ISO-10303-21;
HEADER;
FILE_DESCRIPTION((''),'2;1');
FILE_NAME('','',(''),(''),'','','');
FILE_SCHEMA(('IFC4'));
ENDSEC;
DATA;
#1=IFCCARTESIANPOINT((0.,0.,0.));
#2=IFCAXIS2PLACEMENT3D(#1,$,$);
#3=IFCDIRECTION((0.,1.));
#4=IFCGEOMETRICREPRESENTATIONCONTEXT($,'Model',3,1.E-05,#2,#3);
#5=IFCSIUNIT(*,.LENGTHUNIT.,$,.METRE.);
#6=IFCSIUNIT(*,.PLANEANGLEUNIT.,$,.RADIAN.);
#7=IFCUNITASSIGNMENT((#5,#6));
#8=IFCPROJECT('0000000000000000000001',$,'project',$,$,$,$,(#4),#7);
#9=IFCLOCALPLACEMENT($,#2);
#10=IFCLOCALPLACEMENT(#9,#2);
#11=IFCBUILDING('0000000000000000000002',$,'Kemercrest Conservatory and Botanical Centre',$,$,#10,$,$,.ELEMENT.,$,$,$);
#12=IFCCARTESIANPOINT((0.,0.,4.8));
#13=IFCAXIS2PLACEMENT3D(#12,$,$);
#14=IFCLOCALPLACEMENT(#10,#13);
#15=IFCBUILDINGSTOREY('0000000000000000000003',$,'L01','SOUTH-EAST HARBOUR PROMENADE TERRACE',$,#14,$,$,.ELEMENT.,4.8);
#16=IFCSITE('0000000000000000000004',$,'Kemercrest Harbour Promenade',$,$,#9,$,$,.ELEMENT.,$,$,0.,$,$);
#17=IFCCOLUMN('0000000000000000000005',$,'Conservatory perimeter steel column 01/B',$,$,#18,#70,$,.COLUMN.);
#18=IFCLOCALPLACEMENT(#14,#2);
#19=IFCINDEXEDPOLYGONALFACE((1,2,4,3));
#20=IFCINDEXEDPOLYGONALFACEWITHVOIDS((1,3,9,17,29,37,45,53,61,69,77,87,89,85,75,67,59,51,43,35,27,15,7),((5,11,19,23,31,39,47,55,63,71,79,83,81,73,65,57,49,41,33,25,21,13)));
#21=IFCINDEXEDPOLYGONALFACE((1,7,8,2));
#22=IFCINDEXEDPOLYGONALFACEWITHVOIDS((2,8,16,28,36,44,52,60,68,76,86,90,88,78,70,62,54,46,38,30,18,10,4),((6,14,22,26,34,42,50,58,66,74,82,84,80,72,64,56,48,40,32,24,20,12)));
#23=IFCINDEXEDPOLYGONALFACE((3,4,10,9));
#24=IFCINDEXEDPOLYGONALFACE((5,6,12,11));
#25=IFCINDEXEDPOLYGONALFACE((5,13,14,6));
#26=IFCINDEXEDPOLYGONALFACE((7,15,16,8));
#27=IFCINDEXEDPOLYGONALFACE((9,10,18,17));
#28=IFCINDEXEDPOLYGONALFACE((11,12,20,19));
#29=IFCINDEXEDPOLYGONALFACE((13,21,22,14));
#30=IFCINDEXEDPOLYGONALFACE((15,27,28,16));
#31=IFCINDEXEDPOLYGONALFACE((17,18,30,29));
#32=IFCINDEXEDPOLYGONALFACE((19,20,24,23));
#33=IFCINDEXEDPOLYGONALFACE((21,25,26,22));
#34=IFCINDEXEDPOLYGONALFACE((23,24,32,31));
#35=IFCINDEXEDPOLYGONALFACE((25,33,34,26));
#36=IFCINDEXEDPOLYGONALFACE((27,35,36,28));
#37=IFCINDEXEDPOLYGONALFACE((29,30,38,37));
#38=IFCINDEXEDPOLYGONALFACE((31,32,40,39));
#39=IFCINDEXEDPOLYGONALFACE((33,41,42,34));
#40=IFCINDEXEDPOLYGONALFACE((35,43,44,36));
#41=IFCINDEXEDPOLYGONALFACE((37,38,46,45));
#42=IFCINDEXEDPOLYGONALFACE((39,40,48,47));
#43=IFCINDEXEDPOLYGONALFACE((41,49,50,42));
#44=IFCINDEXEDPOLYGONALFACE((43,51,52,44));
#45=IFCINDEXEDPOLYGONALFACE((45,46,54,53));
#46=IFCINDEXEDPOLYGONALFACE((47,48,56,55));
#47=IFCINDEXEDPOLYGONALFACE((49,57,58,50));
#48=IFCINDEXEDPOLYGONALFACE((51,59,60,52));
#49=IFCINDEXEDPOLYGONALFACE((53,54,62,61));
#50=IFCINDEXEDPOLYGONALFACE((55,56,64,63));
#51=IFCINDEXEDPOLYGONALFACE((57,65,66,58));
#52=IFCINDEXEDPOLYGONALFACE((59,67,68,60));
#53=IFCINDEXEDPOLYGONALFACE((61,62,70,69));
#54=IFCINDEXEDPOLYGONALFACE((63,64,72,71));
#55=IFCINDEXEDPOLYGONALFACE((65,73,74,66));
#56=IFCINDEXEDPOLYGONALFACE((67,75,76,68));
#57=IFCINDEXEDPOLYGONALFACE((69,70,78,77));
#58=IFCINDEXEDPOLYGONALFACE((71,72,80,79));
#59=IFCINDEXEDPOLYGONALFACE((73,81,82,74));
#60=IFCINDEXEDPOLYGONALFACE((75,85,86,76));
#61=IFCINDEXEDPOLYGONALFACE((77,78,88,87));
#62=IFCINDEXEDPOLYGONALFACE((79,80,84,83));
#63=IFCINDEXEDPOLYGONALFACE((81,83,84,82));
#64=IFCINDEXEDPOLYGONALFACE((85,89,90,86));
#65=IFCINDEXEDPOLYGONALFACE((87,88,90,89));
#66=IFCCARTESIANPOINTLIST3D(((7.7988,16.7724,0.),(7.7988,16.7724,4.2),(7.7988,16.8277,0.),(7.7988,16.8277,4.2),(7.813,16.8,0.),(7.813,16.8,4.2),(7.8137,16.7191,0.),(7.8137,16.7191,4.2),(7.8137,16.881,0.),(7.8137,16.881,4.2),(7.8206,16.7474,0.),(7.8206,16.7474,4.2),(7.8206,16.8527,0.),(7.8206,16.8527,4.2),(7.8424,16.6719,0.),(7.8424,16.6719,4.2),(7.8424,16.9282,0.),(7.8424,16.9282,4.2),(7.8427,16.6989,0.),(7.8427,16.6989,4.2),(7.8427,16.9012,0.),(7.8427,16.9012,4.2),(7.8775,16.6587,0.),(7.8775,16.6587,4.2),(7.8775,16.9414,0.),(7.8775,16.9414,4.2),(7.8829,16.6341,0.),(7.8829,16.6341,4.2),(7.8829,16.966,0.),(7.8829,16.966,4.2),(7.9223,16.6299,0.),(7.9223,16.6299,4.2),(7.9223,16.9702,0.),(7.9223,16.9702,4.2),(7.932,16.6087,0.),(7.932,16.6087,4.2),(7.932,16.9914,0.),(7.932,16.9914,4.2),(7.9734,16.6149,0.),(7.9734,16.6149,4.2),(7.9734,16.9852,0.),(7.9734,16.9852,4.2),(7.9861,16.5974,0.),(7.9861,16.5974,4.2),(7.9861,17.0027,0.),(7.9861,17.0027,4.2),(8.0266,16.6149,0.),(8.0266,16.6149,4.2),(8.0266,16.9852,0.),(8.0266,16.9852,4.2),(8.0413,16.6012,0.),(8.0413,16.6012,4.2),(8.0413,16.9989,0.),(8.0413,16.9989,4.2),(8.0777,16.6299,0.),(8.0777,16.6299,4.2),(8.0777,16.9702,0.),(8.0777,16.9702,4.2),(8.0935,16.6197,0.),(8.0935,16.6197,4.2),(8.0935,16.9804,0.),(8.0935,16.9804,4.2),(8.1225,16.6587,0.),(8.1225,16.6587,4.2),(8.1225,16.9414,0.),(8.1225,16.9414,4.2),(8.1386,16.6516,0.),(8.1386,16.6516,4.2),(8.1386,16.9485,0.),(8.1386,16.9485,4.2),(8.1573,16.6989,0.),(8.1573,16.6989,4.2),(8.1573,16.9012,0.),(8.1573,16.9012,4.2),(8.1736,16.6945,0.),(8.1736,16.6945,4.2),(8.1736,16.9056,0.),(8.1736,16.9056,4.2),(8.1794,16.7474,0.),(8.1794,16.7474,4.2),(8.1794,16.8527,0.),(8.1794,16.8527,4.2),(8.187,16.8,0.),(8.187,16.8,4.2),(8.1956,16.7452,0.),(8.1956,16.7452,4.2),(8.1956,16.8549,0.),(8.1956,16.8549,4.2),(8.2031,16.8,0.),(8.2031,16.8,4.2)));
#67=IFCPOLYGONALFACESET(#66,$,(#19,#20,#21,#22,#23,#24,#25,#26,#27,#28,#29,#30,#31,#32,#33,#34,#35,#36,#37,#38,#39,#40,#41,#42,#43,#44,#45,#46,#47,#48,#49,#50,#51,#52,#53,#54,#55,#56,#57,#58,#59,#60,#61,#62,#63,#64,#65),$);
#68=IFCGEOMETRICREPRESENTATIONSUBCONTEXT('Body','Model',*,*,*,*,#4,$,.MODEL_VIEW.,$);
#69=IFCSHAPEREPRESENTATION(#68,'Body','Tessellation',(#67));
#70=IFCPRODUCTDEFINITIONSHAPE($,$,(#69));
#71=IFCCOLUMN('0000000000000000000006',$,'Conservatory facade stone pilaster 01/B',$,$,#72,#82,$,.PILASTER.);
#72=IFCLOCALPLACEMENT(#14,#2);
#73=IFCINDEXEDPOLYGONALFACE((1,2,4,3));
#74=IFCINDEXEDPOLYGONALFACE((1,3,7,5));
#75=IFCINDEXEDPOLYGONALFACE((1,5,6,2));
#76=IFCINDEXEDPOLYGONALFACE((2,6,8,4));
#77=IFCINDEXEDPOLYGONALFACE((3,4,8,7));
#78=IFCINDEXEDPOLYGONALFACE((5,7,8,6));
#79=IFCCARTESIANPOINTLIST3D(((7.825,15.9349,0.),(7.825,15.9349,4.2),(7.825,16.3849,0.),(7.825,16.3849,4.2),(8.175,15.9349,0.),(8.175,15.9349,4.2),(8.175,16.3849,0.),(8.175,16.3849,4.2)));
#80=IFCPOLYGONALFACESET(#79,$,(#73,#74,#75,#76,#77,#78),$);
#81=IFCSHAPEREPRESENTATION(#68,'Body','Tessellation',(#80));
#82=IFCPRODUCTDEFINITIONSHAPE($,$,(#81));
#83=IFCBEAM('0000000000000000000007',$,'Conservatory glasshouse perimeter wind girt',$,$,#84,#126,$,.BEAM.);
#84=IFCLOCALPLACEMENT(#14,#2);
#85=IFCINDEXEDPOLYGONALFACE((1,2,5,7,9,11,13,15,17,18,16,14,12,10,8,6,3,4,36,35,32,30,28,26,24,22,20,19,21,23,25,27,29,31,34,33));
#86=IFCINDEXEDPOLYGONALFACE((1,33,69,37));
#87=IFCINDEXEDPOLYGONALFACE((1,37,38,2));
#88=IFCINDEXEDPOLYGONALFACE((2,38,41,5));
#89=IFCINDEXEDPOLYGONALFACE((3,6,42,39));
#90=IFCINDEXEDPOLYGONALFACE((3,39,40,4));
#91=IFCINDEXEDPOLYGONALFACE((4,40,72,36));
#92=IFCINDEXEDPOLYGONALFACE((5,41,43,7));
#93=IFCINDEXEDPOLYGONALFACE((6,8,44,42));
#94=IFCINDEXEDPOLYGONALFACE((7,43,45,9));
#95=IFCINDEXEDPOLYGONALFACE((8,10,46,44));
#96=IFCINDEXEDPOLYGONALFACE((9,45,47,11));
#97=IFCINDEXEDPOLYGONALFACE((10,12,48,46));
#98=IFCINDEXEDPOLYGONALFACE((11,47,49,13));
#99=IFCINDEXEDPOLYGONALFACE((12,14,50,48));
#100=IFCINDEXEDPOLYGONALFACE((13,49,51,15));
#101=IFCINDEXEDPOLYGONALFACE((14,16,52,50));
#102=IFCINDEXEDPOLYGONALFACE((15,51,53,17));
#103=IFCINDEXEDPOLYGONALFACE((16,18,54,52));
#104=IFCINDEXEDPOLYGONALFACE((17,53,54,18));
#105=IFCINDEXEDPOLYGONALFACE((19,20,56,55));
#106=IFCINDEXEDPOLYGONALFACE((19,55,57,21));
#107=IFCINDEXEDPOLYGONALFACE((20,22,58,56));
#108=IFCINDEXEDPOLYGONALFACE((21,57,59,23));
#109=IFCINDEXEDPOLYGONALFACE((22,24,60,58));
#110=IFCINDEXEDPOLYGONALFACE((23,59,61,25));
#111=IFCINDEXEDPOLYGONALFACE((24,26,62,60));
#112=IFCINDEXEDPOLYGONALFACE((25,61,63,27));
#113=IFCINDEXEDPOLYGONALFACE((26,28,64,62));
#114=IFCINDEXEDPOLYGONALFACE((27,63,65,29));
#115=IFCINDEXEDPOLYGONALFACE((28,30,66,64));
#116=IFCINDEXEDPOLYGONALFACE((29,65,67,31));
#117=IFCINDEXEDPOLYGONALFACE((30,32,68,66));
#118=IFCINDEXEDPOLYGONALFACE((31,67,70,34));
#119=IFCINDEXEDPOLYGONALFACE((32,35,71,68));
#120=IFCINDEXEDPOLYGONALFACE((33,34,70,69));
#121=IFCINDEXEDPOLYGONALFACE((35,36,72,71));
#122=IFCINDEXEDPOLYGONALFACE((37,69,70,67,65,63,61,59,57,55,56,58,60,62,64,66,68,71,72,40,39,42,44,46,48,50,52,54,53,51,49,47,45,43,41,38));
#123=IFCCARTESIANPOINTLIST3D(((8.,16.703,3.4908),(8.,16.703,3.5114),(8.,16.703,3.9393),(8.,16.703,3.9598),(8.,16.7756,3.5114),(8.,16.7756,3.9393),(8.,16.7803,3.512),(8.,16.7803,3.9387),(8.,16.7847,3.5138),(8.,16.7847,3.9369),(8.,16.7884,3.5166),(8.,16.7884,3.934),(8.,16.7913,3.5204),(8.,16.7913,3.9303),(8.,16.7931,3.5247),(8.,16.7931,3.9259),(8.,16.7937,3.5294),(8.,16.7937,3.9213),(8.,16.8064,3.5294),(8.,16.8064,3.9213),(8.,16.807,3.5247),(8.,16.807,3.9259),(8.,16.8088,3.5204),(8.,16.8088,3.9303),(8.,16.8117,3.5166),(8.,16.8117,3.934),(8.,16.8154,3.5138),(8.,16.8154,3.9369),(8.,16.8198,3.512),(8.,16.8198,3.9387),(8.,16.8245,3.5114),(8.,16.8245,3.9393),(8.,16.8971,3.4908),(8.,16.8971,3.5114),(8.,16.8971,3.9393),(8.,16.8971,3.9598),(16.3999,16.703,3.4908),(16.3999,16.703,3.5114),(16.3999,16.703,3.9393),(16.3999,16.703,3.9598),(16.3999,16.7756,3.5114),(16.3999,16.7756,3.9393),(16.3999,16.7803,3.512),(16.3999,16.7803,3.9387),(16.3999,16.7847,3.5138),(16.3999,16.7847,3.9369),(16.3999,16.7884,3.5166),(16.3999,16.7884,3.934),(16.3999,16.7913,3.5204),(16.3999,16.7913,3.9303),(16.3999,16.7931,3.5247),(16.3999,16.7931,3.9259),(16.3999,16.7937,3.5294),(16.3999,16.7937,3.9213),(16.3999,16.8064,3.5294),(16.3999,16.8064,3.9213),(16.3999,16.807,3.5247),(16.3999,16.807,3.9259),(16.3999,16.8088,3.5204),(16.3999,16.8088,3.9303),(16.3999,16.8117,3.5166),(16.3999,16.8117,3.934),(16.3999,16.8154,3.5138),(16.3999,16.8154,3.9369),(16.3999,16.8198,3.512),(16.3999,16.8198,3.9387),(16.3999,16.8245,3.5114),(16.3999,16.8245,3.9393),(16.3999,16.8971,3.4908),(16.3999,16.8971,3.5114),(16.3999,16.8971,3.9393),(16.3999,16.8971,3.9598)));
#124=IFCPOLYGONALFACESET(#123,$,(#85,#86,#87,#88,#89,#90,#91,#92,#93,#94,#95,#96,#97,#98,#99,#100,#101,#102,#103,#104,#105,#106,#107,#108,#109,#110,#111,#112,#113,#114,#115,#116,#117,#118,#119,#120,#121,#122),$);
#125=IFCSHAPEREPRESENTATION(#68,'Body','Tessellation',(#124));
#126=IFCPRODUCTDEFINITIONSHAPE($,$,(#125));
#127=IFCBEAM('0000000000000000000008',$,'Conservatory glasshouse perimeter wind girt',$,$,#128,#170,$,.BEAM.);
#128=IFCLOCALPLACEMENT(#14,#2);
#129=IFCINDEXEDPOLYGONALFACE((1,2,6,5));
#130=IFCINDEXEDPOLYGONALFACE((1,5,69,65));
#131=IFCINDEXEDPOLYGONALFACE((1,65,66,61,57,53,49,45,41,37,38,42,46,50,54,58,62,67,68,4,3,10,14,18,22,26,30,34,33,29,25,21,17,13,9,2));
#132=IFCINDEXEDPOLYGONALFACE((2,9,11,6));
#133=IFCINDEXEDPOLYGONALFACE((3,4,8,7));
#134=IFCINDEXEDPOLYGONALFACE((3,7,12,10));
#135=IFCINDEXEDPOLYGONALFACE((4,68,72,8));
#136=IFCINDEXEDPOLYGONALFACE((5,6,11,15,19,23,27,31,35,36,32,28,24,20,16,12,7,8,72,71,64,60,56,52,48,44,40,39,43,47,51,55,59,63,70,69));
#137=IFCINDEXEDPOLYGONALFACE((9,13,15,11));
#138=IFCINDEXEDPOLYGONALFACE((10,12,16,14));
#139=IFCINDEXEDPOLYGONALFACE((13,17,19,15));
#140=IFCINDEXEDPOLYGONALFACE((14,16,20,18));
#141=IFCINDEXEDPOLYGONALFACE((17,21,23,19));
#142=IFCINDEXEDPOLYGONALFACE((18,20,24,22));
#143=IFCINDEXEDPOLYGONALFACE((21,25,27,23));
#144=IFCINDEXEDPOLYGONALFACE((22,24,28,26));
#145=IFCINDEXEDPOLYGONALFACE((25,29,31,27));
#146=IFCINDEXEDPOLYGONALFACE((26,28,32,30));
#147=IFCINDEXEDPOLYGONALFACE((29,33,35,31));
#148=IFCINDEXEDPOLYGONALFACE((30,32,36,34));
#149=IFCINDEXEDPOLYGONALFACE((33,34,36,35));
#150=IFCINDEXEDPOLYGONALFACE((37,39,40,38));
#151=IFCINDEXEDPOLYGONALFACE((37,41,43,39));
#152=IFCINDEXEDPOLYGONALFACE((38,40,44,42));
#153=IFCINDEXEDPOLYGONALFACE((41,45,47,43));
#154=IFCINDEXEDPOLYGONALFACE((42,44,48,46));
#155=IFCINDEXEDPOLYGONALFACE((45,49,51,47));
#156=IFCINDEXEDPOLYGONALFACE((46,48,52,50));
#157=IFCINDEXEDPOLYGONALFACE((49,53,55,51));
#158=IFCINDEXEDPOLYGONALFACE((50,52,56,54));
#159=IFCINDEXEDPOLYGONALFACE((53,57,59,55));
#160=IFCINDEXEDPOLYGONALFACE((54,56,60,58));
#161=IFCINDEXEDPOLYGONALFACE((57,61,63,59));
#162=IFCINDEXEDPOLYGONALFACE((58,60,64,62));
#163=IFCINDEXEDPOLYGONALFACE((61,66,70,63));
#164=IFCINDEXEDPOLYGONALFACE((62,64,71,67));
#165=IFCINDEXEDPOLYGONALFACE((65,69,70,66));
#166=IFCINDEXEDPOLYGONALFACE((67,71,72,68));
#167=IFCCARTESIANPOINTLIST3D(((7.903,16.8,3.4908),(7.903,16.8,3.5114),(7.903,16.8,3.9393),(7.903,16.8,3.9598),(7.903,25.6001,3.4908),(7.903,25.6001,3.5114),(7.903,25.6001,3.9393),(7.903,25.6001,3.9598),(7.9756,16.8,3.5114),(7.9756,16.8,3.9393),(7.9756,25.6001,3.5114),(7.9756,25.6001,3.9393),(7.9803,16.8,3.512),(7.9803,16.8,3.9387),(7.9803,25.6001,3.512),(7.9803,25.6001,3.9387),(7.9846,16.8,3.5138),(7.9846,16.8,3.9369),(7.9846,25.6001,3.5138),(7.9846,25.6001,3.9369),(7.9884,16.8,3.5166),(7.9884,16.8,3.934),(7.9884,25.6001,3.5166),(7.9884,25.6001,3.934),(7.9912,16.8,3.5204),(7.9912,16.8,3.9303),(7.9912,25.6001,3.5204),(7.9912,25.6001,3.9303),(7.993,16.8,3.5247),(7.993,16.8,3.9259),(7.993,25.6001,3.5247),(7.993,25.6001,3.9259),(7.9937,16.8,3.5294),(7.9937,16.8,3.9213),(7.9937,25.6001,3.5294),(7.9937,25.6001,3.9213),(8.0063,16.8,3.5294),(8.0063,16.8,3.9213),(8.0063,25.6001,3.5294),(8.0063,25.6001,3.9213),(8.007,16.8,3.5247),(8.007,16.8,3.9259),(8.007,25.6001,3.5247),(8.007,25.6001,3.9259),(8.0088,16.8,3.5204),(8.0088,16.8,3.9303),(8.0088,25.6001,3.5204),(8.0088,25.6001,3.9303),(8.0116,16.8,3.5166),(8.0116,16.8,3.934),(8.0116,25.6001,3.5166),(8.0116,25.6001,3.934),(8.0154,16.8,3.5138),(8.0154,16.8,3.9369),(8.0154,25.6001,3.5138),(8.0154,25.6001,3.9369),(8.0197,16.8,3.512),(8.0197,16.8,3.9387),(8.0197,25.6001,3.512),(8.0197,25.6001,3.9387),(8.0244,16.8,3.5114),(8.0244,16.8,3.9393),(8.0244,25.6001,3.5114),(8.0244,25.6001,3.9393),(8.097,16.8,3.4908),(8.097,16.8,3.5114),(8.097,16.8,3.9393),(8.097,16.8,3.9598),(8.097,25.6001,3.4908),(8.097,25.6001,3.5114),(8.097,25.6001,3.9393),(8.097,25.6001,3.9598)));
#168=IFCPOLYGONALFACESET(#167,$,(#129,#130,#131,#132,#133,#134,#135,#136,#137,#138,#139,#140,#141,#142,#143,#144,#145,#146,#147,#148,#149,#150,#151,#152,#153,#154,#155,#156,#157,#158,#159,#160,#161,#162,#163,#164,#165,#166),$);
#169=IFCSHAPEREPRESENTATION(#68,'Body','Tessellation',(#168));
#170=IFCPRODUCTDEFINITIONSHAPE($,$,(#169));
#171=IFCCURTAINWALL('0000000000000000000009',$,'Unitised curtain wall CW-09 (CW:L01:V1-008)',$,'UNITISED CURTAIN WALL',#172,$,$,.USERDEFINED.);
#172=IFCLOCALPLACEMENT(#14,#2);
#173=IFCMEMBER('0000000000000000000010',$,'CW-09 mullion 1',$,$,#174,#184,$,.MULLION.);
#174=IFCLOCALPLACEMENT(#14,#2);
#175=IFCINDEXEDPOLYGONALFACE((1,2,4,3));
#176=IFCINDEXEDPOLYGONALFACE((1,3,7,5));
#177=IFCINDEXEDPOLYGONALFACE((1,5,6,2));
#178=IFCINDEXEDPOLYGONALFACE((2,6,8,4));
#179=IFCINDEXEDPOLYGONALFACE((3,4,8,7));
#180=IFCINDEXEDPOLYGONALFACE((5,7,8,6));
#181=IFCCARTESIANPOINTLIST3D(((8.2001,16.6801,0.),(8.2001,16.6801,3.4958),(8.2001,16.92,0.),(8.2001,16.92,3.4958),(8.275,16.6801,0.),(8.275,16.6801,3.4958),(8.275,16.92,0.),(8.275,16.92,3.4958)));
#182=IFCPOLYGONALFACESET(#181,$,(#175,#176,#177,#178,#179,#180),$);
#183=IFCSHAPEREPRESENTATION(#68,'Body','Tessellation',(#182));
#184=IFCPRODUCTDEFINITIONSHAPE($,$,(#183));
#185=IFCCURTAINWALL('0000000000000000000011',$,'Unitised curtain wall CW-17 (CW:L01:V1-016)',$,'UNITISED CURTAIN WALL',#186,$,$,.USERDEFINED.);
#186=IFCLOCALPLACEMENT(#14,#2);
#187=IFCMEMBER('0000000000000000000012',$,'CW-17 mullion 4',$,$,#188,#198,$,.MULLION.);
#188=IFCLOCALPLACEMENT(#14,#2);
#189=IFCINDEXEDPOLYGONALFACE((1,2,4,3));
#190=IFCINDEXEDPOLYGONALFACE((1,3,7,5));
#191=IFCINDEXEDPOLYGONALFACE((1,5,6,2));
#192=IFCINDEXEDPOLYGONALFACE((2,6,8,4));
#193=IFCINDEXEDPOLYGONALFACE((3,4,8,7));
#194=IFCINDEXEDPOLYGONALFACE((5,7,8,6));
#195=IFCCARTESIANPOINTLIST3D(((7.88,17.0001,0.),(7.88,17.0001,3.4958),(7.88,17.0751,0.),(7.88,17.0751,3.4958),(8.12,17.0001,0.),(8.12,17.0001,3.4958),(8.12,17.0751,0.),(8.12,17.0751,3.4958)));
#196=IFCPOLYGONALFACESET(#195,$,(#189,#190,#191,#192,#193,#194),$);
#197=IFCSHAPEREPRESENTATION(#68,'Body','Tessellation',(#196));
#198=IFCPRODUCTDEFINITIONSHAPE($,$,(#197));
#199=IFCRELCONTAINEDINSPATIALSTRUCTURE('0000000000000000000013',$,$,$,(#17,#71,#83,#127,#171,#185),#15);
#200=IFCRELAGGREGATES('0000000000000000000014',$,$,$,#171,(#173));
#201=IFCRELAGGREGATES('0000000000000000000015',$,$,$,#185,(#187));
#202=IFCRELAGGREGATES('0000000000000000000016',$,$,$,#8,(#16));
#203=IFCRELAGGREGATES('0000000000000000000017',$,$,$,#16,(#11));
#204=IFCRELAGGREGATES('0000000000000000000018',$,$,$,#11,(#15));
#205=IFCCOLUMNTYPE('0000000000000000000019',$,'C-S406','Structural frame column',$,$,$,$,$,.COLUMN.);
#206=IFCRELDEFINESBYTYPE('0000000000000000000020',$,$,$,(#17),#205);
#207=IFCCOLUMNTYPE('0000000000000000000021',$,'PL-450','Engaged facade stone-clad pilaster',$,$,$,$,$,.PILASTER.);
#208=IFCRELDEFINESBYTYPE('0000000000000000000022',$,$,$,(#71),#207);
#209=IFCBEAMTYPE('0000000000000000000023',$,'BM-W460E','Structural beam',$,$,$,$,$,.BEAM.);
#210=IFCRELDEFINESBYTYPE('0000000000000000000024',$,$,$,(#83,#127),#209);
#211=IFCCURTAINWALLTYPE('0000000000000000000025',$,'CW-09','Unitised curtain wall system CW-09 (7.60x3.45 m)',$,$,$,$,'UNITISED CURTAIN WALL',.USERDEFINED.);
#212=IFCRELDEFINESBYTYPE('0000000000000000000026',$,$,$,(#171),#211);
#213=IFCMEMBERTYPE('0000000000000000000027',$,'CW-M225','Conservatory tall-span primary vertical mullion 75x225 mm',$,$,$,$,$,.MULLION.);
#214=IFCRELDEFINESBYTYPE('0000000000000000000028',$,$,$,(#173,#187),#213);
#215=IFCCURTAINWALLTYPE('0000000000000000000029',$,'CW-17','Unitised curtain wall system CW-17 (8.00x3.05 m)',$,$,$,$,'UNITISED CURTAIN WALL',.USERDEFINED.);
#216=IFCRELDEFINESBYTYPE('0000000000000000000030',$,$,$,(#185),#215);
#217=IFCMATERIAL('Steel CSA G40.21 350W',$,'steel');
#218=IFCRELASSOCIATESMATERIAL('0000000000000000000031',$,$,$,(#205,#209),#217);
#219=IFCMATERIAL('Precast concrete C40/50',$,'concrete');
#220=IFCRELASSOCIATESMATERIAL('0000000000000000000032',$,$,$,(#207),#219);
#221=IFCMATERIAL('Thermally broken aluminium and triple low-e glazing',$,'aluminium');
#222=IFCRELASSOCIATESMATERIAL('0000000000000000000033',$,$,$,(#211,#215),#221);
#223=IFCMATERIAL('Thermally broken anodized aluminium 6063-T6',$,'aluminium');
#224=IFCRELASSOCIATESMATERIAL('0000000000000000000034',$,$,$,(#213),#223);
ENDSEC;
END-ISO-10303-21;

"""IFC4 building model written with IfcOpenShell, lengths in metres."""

from ifc_helpers import new_model, si_unit, direction, frame, origin, origin_2d, place, context, subcontext, project, spatial, rectangle, hollow_circle, i_section, extrude, material, material_profile, profile_set, type_object, element, aggregate, save


model = new_model("IFC4")

# Units and contexts
model_context = context("Model", 3, precision=1e-05, world=origin(), true_north=direction((0.0, 1.0)))
body_context = subcontext(model_context, "Body", "Model", "MODEL_VIEW")
ifc_project = project(units=[si_unit("LENGTHUNIT", "METRE"), si_unit("PLANEANGLEUNIT", "RADIAN")], contexts=[model_context])

# Site, building, storey
site_placement = place(None, origin())
site = spatial("IfcSite", under=ifc_project, at=site_placement, Name="Kemercrest Harbour Promenade", CompositionType="ELEMENT", RefElevation=0.0)
building_placement = place(site_placement, origin())
building = spatial("IfcBuilding", under=site, at=building_placement, Name="Kemercrest Conservatory and Botanical Centre", CompositionType="ELEMENT")
storey_placement = place(building_placement, frame((0.0, 0.0, 4.8)))
storey = spatial("IfcBuildingStorey", under=building, at=storey_placement, Name="L01", Description="SOUTH-EAST HARBOUR PROMENADE TERRACE", CompositionType="ELEMENT", Elevation=4.8)

# Columns
ifc_material_1 = material(Name="Steel CSA G40.21 350W", Category="steel")
ifc_material_profile_1 = material_profile(ifc_material_1, hollow_circle(Radius=0.2031, WallThickness=0.0161, at=origin_2d()), Name="CHS 406.4x16.0")
ifc_profile_set_1 = profile_set([ifc_material_profile_1], Name="Steel CSA G40.21 350W")
column_type_1 = type_object("IfcColumnType", Name="C-S406", Description="Structural frame column", PredefinedType="COLUMN", material=ifc_profile_set_1)
column_1_placement = place(storey_placement, frame((8.0, 16.8, 0.0), z_axis=(0.0, 0.0, 1.0), x_axis=(1.0, 0.0, 0.0)))
element("IfcColumn", 1, at=column_1_placement, inside=storey, type_object=column_type_1, Name="Conservatory perimeter steel column 01/B", PredefinedType="COLUMN", context=body_context, shape_type="SweptSolid", body=[
    extrude(hollow_circle(Radius=0.2031, WallThickness=0.0161, at=origin_2d()), origin(), (0.0, 0.0, 1.0), 4.2),
])
ifc_material_2 = material(Name="Precast concrete C40/50", Category="concrete")
ifc_material_profile_2 = material_profile(ifc_material_2, rectangle(XDim=0.3501, YDim=0.45, at=origin_2d()), Name="RC 450x350")
ifc_profile_set_2 = profile_set([ifc_material_profile_2], Name="Precast concrete C40/50")
column_type_2 = type_object("IfcColumnType", Name="PL-450", Description="Engaged facade stone-clad pilaster", PredefinedType="PILASTER", material=ifc_profile_set_2)
column_2_placement = place(storey_placement, frame((8.0, 16.1599, 0.0), z_axis=(0.0, 0.0, 1.0), x_axis=(1.0, 0.0, 0.0)))
element("IfcColumn", 2, at=column_2_placement, inside=storey, type_object=column_type_2, Name="Conservatory facade stone pilaster 01/B", PredefinedType="PILASTER", context=body_context, shape_type="SweptSolid", body=[
    extrude(rectangle(XDim=0.3501, YDim=0.45, at=origin_2d()), origin(), (0.0, 0.0, 1.0), 4.2),
])

# Beams
ifc_material_profile_3 = material_profile(ifc_material_1, i_section(OverallWidth=0.1941, OverallDepth=0.469, WebThickness=0.0127, FlangeThickness=0.0205, FilletRadius=0.0181, at=origin_2d()), Name="W460X106")
ifc_profile_set_3 = profile_set([ifc_material_profile_3], Name="Steel CSA G40.21 350W")
beam_type = type_object("IfcBeamType", Name="BM-W460E", Description="Structural beam", PredefinedType="BEAM", material=ifc_profile_set_3)
beam_1_placement = place(storey_placement, frame((8.0, 16.8, 3.7253), z_axis=(1.0, 0.0, 0.0), x_axis=(0.0, 1.0, 0.0)))
element("IfcBeam", 3, at=beam_1_placement, inside=storey, type_object=beam_type, Name="Conservatory glasshouse perimeter wind girt", PredefinedType="BEAM", context=body_context, shape_type="SweptSolid", body=[
    extrude(i_section(OverallWidth=0.1941, OverallDepth=0.469, WebThickness=0.0127, FlangeThickness=0.0205, FilletRadius=0.0181, at=origin_2d()), origin(), (0.0, 0.0, 1.0), 8.3999),
])
beam_2_placement = place(storey_placement, frame((8.0, 16.8, 3.7253), z_axis=(0.0, 1.0, 0.0), x_axis=(-1.0, 0.0, 0.0)))
element("IfcBeam", 4, at=beam_2_placement, inside=storey, type_object=beam_type, Name="Conservatory glasshouse perimeter wind girt", PredefinedType="BEAM", context=body_context, shape_type="SweptSolid", body=[
    extrude(i_section(OverallWidth=0.1941, OverallDepth=0.469, WebThickness=0.0127, FlangeThickness=0.0205, FilletRadius=0.0181, at=origin_2d()), origin(), (0.0, 0.0, 1.0), 8.8),
])

# Curtain walls, members
ifc_material_3 = material(Name="Thermally broken aluminium and triple low-e glazing", Category="aluminium")
curtain_wall_type_1 = type_object("IfcCurtainWallType", Name="CW-09", Description="Unitised curtain wall system CW-09 (7.60x3.45 m)", ElementType="UNITISED CURTAIN WALL", PredefinedType="USERDEFINED", material=ifc_material_3)
curtain_wall_1_placement = place(storey_placement, origin())
curtain_wall_1 = element("IfcCurtainWall", 5, at=curtain_wall_1_placement, inside=storey, type_object=curtain_wall_type_1, Name="Unitised curtain wall CW-09 (CW:L01:V1-008)", ObjectType="UNITISED CURTAIN WALL", PredefinedType="USERDEFINED")
ifc_material_4 = material(Name="Thermally broken anodized aluminium 6063-T6", Category="aluminium")
ifc_material_profile_4 = material_profile(ifc_material_4, rectangle(XDim=0.24, YDim=0.075, at=origin_2d()), Name="AL MULLION 75x240")
ifc_profile_set_4 = profile_set([ifc_material_profile_4], Name="Thermally broken anodized aluminium 6063-T6")
member_type_1 = type_object("IfcMemberType", Name="CW-M225", Description="Conservatory tall-span primary vertical mullion 75x225 mm", PredefinedType="MULLION", material=ifc_profile_set_4)
member_1_placement = place(storey_placement, frame((8.2375, 16.8, 0.0), z_axis=(0.0, 0.0, 1.0), x_axis=(0.0, 1.0, 0.0)))
member_1 = element("IfcMember", 6, at=member_1_placement, type_object=member_type_1, Name="CW-09 mullion 1", PredefinedType="MULLION", context=body_context, shape_type="SweptSolid", body=[
    extrude(rectangle(XDim=0.24, YDim=0.075, at=origin_2d()), origin(), (0.0, 0.0, 1.0), 3.4958),
])
curtain_wall_type_2 = type_object("IfcCurtainWallType", Name="CW-17", Description="Unitised curtain wall system CW-17 (8.00x3.05 m)", ElementType="UNITISED CURTAIN WALL", PredefinedType="USERDEFINED", material=ifc_material_3)
curtain_wall_2_placement = place(storey_placement, origin())
curtain_wall_2 = element("IfcCurtainWall", 7, at=curtain_wall_2_placement, inside=storey, type_object=curtain_wall_type_2, Name="Unitised curtain wall CW-17 (CW:L01:V1-016)", ObjectType="UNITISED CURTAIN WALL", PredefinedType="USERDEFINED")
member_2_placement = place(storey_placement, frame((8.0, 17.0376, 0.0), z_axis=(0.0, 0.0, 1.0), x_axis=(1.0, 0.0, 0.0)))
member_2 = element("IfcMember", 8, at=member_2_placement, type_object=member_type_1, Name="CW-17 mullion 4", PredefinedType="MULLION", context=body_context, shape_type="SweptSolid", body=[
    extrude(rectangle(XDim=0.24, YDim=0.075, at=origin_2d()), origin(), (0.0, 0.0, 1.0), 3.4958),
])

aggregate(curtain_wall_1, [member_1])

aggregate(curtain_wall_2, [member_2])

save(model, "model.ifc")
